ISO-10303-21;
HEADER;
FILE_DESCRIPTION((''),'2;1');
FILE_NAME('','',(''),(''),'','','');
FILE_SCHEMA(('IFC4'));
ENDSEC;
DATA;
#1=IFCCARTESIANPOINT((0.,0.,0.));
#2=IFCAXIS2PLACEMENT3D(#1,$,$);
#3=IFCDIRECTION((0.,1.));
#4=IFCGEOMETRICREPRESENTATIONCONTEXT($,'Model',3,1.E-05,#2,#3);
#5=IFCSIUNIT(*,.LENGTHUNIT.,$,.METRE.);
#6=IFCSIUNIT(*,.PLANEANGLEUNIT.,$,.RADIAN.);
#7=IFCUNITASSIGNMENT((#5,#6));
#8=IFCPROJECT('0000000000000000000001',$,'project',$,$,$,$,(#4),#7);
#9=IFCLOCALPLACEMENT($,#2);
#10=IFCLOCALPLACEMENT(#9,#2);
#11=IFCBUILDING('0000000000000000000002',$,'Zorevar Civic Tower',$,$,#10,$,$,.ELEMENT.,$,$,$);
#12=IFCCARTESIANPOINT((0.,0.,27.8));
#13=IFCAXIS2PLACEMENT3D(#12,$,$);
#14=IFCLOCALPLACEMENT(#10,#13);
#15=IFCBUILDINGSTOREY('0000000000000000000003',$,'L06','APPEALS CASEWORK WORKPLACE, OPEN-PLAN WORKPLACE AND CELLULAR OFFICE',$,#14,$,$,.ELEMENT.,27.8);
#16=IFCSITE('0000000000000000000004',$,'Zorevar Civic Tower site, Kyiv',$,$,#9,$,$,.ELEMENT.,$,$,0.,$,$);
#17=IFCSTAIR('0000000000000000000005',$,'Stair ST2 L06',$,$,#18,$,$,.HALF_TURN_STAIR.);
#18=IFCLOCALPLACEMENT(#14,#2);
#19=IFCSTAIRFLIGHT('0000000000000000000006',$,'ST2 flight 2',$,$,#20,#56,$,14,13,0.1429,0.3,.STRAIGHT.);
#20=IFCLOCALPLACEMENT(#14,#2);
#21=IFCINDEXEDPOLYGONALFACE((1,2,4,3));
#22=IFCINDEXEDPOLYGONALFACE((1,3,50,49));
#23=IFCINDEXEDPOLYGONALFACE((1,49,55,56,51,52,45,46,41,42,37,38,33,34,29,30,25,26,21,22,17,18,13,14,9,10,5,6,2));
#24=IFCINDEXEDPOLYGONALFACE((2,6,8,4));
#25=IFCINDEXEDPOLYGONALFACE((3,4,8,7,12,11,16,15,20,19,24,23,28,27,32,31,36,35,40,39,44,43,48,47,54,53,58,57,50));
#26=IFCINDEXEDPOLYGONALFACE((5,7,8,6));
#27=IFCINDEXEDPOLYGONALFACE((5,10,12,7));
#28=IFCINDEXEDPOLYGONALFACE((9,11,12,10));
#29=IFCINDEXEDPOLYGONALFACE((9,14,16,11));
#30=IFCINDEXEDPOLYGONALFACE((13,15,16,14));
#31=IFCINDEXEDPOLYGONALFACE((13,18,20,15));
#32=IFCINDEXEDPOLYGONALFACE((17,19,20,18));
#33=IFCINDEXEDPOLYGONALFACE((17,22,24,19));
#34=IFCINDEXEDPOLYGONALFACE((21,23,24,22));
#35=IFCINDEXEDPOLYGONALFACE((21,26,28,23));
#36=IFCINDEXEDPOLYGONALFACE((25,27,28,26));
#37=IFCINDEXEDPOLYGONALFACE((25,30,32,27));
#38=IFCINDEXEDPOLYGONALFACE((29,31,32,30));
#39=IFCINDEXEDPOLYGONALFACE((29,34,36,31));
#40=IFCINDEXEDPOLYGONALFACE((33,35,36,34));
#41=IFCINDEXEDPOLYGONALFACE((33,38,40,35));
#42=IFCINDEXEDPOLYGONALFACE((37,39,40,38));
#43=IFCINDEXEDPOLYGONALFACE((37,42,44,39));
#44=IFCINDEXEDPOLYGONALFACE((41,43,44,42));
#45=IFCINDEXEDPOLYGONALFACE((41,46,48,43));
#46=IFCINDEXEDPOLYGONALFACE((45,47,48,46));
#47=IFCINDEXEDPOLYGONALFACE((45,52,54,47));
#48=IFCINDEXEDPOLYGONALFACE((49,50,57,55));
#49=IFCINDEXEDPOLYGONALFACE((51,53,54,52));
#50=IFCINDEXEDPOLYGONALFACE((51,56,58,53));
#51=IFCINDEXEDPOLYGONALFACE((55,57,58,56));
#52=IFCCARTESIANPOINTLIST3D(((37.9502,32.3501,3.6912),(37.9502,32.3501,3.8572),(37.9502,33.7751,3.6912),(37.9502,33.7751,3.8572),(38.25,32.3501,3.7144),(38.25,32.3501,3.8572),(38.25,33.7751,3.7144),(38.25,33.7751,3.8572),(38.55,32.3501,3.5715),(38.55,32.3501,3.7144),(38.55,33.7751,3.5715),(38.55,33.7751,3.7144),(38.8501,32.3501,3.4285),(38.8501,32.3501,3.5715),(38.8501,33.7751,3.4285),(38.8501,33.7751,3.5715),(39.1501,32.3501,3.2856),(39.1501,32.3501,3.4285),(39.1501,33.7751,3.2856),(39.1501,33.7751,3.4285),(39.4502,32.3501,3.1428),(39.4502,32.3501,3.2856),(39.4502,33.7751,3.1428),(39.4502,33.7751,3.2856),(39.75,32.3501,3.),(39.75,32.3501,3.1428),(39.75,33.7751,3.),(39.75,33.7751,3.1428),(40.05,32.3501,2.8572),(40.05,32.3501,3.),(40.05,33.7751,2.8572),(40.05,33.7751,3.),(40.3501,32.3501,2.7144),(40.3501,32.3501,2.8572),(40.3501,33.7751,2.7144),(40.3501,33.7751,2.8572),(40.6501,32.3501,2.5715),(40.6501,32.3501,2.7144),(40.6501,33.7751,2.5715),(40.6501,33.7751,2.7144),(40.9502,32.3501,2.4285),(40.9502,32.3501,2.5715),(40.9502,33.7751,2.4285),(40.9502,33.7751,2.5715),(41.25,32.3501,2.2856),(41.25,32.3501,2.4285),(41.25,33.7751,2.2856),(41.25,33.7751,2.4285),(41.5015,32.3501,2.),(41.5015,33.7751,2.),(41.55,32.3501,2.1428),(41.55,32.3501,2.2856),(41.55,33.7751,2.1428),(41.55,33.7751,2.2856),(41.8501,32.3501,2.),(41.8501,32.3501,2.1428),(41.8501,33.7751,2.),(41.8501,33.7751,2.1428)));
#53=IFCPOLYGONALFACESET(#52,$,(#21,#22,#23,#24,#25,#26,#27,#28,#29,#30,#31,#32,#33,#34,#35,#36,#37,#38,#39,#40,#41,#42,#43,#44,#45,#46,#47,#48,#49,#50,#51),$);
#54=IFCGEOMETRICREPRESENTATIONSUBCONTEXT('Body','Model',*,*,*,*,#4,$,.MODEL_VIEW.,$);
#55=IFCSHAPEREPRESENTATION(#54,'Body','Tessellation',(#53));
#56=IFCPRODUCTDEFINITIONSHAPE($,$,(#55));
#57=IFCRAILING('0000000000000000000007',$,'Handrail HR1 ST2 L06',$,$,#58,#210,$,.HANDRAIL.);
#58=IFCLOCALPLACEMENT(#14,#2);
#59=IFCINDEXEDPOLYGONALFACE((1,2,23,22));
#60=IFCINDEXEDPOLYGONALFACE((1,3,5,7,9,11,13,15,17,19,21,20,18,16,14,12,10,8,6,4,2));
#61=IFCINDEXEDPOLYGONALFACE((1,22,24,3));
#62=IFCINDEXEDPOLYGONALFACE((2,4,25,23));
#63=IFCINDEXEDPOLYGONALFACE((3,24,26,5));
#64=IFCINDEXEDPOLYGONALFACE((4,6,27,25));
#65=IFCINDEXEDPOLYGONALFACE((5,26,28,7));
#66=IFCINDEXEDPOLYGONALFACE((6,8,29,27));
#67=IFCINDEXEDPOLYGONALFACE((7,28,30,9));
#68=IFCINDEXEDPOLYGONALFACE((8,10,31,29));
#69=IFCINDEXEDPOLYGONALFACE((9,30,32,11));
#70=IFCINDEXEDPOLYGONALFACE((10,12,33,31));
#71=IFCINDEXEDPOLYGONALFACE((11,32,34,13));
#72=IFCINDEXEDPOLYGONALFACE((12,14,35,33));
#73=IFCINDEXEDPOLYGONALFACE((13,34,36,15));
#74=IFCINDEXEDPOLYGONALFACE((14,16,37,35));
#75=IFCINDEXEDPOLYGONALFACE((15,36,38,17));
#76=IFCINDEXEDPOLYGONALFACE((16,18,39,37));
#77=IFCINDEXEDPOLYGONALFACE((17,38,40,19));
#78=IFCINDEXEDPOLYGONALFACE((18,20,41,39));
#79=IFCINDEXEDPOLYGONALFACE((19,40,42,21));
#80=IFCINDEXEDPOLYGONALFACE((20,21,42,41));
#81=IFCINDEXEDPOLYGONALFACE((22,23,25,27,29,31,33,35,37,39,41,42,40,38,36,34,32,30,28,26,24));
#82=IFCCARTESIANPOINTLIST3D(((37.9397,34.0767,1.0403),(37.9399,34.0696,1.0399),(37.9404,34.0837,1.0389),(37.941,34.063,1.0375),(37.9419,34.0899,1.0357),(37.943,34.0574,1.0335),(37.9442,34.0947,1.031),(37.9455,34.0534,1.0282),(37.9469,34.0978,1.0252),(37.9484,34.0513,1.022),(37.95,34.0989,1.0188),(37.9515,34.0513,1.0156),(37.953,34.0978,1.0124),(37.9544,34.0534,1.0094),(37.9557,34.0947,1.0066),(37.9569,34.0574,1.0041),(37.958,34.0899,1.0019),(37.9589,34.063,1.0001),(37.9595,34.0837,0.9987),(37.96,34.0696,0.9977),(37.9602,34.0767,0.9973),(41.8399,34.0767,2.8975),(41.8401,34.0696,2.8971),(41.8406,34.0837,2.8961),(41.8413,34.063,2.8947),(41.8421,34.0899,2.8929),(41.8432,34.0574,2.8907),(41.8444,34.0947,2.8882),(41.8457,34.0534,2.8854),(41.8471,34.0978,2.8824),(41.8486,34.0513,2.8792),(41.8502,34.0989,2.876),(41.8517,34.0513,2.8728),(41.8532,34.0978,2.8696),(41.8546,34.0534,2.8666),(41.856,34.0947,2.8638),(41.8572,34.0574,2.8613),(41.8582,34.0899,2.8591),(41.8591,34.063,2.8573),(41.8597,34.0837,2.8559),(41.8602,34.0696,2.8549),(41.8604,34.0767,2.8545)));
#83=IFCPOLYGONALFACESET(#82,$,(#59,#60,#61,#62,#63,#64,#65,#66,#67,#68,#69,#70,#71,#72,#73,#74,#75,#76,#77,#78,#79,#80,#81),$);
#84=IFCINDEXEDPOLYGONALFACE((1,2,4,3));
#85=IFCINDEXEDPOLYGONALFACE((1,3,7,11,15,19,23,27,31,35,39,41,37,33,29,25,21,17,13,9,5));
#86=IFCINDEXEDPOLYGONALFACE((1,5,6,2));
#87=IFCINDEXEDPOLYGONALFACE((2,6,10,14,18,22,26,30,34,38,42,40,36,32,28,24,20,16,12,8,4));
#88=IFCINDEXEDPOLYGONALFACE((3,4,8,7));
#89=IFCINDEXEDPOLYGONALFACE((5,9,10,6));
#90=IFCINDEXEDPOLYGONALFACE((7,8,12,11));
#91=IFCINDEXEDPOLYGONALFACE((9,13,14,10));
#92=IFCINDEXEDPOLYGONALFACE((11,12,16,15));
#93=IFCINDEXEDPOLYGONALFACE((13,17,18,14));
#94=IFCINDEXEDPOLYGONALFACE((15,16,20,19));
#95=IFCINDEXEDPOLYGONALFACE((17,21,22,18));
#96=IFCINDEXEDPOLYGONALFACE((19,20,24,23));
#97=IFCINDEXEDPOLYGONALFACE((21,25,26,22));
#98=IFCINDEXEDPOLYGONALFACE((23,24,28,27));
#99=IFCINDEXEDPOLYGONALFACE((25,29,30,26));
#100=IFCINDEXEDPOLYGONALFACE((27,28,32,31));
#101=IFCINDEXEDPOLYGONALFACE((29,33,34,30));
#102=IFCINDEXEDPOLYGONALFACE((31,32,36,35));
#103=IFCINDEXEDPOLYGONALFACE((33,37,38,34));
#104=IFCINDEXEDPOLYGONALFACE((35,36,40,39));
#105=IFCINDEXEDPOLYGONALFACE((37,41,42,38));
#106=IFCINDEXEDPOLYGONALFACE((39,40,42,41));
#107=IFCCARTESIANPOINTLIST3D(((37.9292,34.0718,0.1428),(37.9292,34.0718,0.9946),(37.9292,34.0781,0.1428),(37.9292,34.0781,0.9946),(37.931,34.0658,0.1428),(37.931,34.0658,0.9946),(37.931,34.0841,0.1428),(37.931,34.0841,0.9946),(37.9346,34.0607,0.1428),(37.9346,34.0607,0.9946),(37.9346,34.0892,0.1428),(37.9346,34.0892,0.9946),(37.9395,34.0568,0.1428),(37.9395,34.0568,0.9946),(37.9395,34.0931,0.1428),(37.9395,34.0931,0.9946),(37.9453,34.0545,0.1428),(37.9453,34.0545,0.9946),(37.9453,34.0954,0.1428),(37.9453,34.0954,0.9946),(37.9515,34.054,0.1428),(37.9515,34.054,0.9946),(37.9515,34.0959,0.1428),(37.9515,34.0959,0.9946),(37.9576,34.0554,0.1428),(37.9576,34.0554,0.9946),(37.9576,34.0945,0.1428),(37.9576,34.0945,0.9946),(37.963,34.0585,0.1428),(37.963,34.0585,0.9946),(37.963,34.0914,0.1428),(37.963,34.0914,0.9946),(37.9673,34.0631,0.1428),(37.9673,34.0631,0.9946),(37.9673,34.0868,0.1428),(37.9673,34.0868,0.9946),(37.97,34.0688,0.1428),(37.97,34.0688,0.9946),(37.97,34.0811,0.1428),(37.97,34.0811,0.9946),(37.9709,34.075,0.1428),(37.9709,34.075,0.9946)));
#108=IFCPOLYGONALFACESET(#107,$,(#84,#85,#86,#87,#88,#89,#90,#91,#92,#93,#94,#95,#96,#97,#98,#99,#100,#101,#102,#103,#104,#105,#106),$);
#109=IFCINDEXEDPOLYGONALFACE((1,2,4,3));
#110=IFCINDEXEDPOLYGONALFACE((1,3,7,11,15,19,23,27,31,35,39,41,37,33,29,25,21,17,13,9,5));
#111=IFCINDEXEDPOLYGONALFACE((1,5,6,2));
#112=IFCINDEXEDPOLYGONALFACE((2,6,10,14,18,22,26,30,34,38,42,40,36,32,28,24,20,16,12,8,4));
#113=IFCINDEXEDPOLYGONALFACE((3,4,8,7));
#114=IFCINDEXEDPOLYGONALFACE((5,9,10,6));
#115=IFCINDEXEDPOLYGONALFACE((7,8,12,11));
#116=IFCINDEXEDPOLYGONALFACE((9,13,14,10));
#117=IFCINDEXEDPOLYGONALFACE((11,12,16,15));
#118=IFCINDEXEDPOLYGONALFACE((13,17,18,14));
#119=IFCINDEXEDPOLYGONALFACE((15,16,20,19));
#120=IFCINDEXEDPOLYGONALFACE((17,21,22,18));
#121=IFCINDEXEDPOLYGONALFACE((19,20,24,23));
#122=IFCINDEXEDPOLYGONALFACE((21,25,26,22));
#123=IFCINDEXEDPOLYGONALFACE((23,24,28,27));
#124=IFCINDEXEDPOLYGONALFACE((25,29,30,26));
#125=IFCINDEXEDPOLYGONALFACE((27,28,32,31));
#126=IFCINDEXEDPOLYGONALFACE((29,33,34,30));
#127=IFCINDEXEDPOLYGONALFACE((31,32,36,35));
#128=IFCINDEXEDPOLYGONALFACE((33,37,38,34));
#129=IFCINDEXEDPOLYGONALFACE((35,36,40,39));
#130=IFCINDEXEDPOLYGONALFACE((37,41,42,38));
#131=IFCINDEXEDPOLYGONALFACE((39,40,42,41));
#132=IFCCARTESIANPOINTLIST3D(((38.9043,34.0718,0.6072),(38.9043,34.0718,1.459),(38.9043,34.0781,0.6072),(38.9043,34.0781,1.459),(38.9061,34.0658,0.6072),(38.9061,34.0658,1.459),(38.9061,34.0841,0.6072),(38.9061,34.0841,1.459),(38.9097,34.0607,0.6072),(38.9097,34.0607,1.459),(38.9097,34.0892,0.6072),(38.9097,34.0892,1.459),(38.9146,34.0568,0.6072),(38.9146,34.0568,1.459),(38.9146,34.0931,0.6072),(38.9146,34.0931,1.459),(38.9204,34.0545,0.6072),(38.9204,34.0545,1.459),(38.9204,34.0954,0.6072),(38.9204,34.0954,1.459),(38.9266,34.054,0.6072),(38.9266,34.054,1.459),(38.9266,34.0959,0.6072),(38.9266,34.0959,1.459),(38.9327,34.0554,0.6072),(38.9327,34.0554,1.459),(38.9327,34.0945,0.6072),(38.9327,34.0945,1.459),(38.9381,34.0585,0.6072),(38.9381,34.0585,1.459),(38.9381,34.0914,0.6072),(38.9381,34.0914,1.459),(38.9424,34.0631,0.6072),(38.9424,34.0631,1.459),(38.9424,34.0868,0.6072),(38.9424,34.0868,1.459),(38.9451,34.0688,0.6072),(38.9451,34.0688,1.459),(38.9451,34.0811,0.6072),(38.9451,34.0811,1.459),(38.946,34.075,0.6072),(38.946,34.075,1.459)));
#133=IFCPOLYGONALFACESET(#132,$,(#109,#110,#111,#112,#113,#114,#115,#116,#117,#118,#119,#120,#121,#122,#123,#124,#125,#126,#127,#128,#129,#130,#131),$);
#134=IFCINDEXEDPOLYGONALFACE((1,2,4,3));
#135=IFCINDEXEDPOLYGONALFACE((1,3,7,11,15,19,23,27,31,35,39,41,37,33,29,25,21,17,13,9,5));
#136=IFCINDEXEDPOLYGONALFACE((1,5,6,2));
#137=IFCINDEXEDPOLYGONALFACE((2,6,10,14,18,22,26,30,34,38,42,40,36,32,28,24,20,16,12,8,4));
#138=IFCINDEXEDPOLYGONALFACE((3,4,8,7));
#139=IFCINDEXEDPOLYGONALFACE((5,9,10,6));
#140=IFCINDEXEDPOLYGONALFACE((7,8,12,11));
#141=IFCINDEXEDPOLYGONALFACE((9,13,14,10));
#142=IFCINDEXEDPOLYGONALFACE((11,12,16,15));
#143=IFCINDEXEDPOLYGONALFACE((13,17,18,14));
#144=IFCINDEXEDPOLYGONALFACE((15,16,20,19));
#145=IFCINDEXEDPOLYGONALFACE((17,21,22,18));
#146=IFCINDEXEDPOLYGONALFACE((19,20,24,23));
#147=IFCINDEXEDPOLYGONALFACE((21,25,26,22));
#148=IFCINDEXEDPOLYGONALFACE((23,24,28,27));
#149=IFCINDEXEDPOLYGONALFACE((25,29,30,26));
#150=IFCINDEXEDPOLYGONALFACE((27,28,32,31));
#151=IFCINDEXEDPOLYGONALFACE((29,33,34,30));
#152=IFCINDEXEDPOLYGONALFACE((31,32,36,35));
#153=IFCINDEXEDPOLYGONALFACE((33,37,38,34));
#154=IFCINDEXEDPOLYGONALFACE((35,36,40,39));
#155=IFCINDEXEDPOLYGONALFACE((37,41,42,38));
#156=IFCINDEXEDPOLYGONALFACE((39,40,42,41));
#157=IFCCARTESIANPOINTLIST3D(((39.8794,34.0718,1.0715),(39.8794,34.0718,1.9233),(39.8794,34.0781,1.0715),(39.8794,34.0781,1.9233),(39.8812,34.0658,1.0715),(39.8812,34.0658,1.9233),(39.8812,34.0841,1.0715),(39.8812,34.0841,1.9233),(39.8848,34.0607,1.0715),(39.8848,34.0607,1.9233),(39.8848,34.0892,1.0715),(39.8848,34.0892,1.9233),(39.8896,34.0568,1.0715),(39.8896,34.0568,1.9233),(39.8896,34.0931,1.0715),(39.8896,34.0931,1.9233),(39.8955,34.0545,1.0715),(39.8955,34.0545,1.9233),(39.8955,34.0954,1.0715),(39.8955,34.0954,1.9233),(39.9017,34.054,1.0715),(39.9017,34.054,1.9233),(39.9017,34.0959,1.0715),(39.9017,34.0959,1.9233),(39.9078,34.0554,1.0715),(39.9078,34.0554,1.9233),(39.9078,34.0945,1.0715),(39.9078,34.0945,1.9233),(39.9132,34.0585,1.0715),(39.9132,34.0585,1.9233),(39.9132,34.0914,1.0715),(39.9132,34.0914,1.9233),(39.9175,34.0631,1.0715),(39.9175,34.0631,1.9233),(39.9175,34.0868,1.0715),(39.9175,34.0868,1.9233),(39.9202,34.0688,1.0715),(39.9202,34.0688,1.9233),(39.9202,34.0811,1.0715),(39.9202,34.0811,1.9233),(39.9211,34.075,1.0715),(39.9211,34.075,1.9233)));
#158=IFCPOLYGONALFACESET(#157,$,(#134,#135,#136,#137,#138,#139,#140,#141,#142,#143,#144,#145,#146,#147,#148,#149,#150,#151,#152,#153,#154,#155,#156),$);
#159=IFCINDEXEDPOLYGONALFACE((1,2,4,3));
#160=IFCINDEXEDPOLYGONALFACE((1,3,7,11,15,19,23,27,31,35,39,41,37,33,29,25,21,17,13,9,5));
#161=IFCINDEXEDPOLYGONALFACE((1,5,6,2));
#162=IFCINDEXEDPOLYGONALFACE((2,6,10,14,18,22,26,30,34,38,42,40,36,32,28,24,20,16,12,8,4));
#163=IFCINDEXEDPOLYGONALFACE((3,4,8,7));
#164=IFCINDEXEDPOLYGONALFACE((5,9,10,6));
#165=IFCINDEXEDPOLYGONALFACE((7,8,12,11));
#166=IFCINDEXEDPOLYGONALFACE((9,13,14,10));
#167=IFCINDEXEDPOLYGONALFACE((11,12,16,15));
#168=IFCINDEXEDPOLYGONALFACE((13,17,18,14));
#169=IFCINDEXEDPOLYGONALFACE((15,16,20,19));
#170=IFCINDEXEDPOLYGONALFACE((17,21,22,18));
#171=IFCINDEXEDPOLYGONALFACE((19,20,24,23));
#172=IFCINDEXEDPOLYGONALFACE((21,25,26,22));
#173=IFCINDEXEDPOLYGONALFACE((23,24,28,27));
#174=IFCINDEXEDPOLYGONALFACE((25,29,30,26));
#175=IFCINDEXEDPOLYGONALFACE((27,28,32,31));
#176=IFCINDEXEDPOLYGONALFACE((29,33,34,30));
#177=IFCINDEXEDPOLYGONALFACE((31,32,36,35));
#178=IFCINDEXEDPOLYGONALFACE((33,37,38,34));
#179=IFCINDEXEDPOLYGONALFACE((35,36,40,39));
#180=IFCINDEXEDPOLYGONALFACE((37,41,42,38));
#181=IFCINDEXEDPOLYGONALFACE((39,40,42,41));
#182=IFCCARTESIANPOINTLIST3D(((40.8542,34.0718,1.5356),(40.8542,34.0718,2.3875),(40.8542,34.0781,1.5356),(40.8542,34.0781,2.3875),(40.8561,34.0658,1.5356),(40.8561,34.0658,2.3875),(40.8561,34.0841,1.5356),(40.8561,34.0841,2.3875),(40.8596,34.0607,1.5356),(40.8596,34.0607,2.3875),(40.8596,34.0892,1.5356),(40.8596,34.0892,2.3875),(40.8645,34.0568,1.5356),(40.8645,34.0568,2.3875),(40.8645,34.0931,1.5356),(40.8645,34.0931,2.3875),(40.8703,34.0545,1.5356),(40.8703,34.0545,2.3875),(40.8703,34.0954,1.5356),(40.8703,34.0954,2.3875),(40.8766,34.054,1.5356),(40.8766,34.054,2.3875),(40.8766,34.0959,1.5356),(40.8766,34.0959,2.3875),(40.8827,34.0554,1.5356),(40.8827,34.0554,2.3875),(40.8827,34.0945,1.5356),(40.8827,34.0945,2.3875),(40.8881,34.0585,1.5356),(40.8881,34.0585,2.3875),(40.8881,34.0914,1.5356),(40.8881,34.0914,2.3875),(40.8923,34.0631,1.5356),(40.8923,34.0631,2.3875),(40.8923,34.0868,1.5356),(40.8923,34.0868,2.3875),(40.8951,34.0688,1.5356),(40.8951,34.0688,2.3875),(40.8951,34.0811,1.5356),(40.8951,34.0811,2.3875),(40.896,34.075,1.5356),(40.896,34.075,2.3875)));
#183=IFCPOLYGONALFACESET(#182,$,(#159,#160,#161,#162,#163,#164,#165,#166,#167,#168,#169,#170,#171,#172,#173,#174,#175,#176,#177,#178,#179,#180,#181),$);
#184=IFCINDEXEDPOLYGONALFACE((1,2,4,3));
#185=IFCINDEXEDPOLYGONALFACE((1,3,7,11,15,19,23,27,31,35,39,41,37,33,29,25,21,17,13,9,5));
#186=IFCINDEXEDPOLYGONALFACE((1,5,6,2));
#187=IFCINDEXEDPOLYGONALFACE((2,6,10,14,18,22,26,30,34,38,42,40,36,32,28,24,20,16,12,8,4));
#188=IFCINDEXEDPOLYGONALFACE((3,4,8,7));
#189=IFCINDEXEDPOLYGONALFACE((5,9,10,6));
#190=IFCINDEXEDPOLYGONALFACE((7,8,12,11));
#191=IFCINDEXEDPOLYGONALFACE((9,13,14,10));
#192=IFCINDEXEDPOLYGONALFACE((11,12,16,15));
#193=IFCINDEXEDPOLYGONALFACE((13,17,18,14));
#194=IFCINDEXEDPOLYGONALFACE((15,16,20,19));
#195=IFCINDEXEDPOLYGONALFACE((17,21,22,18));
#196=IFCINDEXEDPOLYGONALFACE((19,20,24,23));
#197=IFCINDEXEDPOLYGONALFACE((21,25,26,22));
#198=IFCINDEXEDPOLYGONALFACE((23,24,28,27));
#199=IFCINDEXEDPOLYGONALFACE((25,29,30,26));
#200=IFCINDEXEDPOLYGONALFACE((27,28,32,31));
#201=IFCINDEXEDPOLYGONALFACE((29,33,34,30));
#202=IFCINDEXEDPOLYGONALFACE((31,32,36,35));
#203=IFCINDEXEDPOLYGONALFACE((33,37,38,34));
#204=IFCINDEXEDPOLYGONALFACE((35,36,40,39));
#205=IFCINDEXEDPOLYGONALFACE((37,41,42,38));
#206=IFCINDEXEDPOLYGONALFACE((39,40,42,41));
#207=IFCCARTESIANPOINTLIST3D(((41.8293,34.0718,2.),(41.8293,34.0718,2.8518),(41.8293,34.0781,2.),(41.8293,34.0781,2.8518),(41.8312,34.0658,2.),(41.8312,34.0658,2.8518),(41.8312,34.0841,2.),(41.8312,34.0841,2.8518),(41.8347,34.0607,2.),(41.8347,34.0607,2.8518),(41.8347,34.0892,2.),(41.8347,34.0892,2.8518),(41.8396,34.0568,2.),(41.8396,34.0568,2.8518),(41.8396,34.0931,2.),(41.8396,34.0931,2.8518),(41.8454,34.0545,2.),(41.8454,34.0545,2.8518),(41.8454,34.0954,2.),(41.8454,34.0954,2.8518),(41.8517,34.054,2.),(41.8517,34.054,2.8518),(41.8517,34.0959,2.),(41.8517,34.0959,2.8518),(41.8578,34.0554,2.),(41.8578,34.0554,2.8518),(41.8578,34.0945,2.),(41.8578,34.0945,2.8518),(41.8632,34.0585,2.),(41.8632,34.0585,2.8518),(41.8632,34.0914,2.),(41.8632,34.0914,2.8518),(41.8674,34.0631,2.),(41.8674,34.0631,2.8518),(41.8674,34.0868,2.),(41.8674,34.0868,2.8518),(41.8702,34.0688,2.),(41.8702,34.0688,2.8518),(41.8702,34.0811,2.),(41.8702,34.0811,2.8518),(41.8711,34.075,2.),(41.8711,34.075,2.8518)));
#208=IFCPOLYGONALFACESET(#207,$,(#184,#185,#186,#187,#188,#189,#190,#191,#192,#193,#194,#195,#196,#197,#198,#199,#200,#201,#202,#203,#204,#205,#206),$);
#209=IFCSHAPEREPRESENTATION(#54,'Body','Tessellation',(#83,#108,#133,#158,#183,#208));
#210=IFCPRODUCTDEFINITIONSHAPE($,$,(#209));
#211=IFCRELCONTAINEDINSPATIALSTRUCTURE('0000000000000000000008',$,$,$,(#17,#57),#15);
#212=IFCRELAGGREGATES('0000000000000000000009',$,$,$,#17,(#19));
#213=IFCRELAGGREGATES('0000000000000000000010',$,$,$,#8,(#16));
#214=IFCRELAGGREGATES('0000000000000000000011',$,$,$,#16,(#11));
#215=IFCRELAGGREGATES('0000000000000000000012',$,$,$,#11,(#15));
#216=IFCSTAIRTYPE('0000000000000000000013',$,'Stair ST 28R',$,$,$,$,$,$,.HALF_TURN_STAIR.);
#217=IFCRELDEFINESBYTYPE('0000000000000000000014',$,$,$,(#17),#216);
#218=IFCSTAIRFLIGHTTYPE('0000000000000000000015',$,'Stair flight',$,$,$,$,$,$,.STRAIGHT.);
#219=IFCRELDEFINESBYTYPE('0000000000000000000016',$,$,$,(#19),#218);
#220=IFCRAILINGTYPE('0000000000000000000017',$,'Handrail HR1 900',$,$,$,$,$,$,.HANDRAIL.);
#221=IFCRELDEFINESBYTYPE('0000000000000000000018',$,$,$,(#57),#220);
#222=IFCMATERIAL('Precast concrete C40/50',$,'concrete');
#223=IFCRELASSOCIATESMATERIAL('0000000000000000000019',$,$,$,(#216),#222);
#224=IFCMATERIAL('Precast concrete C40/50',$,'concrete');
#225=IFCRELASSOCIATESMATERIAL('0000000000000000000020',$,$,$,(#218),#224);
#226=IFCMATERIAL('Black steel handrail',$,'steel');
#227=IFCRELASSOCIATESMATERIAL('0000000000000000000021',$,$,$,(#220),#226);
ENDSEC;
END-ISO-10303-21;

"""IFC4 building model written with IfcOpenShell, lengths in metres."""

from ifc_helpers import new_model, si_unit, direction, frame, origin, origin_2d, place, context, subcontext, project, spatial, polyline, circle, outline, extrude, material, type_object, element, aggregate, save


model = new_model("IFC4")

# Units and contexts
model_context = context("Model", 3, precision=1e-05, world=origin(), true_north=direction((0.0, 1.0)))
body_context = subcontext(model_context, "Body", "Model", "MODEL_VIEW")
ifc_project = project(units=[si_unit("LENGTHUNIT", "METRE"), si_unit("PLANEANGLEUNIT", "RADIAN")], contexts=[model_context])

# Site, building, storey
site_placement = place(None, origin())
site = spatial("IfcSite", under=ifc_project, at=site_placement, Name="Zorevar Civic Tower site, Kyiv", CompositionType="ELEMENT", RefElevation=0.0)
building_placement = place(site_placement, origin())
building = spatial("IfcBuilding", under=site, at=building_placement, Name="Zorevar Civic Tower", CompositionType="ELEMENT")
storey_placement = place(building_placement, frame((0.0, 0.0, 27.8)))
storey = spatial("IfcBuildingStorey", under=building, at=storey_placement, Name="L06", Description="APPEALS CASEWORK WORKPLACE, OPEN-PLAN WORKPLACE AND CELLULAR OFFICE", CompositionType="ELEMENT", Elevation=27.8)

# Stair, stair flight
ifc_material_1 = material(Name="Precast concrete C40/50", Category="concrete")
stair_type = type_object("IfcStairType", Name="Stair ST 28R", PredefinedType="HALF_TURN_STAIR", material=ifc_material_1)
stair_placement = place(storey_placement, origin())
stair = element("IfcStair", 1, at=stair_placement, inside=storey, type_object=stair_type, Name="Stair ST2 L06", PredefinedType="HALF_TURN_STAIR")
ifc_material_2 = material(Name="Precast concrete C40/50", Category="concrete")
stair_flight_type = type_object("IfcStairFlightType", Name="Stair flight", PredefinedType="STRAIGHT", material=ifc_material_2)
stair_flight_1_placement = place(storey_placement, frame((41.8501, 33.0625, 2.0), z_axis=(0.0, 0.0, 1.0), x_axis=(-1.0, 0.0, 0.0)))
stair_flight_1 = element("IfcStairFlight", 2, at=stair_flight_1_placement, type_object=stair_flight_type, Name="ST2 flight 2", NumberOfRisers=14, NumberOfTreads=13, PredefinedType="STRAIGHT", RiserHeight=0.1429, TreadLength=0.3, context=body_context, shape_type="SweptSolid", body=[
    extrude(outline(polyline([(0.0, 0.0), (0.0, 0.1428), (0.3, 0.1428), (0.3, 0.2856), (0.6001, 0.2856), (0.6001, 0.4285), (0.8999, 0.4285), (0.8999, 0.5715), (1.2, 0.5715), (1.2, 0.7144), (1.5, 0.7144), (1.5, 0.8572), (1.8, 0.8572), (1.8, 1.0), (2.1001, 1.0), (2.1001, 1.1428), (2.3999, 1.1428), (2.3999, 1.2856), (2.7, 1.2856), (2.7, 1.4285), (3.0, 1.4285), (3.0, 1.5715), (3.3, 1.5715), (3.3, 1.7144), (3.6001, 1.7144), (3.6001, 1.8572), (3.8999, 1.8572), (3.8999, 2.0), (3.8999, 1.6912), (0.3486, 0.0), (0.0, 0.0)])), frame((0.0, 0.7124, 0.0), z_axis=(0.0, -1.0, 0.0), x_axis=(1.0, 0.0, 0.0)), (0.0, 0.0, 1.0), 1.425),
])
aggregate(stair, [stair_flight_1])

# Railing
ifc_material_3 = material(Name="Black steel handrail", Category="steel")
railing_type = type_object("IfcRailingType", Name="Handrail HR1 900", PredefinedType="HANDRAIL", material=ifc_material_3)
railing_1_placement = place(storey_placement, frame((37.95, 34.075, 0.1428)))
element("IfcRailing", 3, at=railing_1_placement, inside=storey, type_object=railing_type, Name="Handrail HR1 ST2 L06", PredefinedType="HANDRAIL", context=body_context, shape_type="SweptSolid", body=[
    extrude(circle(Radius=0.0239, at=origin_2d()), frame((0.0, 0.0, 0.876), z_axis=(0.902864, 0.0, 0.429927), x_axis=(0.0, 1.0, 0.0)), (0.0, 0.0, 1.0), 4.3198),
    extrude(circle(Radius=0.021, at=origin_2d()), origin(), (0.0, 0.0, 1.0), 0.8518),
    extrude(circle(Radius=0.021, at=origin_2d()), frame((0.9751, 0.0, 0.4644)), (0.0, 0.0, 1.0), 0.8518),
    extrude(circle(Radius=0.021, at=origin_2d()), frame((1.9502, 0.0, 0.9287)), (0.0, 0.0, 1.0), 0.8518),
    extrude(circle(Radius=0.021, at=origin_2d()), frame((2.925, 0.0, 1.3928)), (0.0, 0.0, 1.0), 0.8518),
    extrude(circle(Radius=0.021, at=origin_2d()), frame((3.9001, 0.0, 1.8572)), (0.0, 0.0, 1.0), 0.8518),
])

save(model, "model.ifc")
